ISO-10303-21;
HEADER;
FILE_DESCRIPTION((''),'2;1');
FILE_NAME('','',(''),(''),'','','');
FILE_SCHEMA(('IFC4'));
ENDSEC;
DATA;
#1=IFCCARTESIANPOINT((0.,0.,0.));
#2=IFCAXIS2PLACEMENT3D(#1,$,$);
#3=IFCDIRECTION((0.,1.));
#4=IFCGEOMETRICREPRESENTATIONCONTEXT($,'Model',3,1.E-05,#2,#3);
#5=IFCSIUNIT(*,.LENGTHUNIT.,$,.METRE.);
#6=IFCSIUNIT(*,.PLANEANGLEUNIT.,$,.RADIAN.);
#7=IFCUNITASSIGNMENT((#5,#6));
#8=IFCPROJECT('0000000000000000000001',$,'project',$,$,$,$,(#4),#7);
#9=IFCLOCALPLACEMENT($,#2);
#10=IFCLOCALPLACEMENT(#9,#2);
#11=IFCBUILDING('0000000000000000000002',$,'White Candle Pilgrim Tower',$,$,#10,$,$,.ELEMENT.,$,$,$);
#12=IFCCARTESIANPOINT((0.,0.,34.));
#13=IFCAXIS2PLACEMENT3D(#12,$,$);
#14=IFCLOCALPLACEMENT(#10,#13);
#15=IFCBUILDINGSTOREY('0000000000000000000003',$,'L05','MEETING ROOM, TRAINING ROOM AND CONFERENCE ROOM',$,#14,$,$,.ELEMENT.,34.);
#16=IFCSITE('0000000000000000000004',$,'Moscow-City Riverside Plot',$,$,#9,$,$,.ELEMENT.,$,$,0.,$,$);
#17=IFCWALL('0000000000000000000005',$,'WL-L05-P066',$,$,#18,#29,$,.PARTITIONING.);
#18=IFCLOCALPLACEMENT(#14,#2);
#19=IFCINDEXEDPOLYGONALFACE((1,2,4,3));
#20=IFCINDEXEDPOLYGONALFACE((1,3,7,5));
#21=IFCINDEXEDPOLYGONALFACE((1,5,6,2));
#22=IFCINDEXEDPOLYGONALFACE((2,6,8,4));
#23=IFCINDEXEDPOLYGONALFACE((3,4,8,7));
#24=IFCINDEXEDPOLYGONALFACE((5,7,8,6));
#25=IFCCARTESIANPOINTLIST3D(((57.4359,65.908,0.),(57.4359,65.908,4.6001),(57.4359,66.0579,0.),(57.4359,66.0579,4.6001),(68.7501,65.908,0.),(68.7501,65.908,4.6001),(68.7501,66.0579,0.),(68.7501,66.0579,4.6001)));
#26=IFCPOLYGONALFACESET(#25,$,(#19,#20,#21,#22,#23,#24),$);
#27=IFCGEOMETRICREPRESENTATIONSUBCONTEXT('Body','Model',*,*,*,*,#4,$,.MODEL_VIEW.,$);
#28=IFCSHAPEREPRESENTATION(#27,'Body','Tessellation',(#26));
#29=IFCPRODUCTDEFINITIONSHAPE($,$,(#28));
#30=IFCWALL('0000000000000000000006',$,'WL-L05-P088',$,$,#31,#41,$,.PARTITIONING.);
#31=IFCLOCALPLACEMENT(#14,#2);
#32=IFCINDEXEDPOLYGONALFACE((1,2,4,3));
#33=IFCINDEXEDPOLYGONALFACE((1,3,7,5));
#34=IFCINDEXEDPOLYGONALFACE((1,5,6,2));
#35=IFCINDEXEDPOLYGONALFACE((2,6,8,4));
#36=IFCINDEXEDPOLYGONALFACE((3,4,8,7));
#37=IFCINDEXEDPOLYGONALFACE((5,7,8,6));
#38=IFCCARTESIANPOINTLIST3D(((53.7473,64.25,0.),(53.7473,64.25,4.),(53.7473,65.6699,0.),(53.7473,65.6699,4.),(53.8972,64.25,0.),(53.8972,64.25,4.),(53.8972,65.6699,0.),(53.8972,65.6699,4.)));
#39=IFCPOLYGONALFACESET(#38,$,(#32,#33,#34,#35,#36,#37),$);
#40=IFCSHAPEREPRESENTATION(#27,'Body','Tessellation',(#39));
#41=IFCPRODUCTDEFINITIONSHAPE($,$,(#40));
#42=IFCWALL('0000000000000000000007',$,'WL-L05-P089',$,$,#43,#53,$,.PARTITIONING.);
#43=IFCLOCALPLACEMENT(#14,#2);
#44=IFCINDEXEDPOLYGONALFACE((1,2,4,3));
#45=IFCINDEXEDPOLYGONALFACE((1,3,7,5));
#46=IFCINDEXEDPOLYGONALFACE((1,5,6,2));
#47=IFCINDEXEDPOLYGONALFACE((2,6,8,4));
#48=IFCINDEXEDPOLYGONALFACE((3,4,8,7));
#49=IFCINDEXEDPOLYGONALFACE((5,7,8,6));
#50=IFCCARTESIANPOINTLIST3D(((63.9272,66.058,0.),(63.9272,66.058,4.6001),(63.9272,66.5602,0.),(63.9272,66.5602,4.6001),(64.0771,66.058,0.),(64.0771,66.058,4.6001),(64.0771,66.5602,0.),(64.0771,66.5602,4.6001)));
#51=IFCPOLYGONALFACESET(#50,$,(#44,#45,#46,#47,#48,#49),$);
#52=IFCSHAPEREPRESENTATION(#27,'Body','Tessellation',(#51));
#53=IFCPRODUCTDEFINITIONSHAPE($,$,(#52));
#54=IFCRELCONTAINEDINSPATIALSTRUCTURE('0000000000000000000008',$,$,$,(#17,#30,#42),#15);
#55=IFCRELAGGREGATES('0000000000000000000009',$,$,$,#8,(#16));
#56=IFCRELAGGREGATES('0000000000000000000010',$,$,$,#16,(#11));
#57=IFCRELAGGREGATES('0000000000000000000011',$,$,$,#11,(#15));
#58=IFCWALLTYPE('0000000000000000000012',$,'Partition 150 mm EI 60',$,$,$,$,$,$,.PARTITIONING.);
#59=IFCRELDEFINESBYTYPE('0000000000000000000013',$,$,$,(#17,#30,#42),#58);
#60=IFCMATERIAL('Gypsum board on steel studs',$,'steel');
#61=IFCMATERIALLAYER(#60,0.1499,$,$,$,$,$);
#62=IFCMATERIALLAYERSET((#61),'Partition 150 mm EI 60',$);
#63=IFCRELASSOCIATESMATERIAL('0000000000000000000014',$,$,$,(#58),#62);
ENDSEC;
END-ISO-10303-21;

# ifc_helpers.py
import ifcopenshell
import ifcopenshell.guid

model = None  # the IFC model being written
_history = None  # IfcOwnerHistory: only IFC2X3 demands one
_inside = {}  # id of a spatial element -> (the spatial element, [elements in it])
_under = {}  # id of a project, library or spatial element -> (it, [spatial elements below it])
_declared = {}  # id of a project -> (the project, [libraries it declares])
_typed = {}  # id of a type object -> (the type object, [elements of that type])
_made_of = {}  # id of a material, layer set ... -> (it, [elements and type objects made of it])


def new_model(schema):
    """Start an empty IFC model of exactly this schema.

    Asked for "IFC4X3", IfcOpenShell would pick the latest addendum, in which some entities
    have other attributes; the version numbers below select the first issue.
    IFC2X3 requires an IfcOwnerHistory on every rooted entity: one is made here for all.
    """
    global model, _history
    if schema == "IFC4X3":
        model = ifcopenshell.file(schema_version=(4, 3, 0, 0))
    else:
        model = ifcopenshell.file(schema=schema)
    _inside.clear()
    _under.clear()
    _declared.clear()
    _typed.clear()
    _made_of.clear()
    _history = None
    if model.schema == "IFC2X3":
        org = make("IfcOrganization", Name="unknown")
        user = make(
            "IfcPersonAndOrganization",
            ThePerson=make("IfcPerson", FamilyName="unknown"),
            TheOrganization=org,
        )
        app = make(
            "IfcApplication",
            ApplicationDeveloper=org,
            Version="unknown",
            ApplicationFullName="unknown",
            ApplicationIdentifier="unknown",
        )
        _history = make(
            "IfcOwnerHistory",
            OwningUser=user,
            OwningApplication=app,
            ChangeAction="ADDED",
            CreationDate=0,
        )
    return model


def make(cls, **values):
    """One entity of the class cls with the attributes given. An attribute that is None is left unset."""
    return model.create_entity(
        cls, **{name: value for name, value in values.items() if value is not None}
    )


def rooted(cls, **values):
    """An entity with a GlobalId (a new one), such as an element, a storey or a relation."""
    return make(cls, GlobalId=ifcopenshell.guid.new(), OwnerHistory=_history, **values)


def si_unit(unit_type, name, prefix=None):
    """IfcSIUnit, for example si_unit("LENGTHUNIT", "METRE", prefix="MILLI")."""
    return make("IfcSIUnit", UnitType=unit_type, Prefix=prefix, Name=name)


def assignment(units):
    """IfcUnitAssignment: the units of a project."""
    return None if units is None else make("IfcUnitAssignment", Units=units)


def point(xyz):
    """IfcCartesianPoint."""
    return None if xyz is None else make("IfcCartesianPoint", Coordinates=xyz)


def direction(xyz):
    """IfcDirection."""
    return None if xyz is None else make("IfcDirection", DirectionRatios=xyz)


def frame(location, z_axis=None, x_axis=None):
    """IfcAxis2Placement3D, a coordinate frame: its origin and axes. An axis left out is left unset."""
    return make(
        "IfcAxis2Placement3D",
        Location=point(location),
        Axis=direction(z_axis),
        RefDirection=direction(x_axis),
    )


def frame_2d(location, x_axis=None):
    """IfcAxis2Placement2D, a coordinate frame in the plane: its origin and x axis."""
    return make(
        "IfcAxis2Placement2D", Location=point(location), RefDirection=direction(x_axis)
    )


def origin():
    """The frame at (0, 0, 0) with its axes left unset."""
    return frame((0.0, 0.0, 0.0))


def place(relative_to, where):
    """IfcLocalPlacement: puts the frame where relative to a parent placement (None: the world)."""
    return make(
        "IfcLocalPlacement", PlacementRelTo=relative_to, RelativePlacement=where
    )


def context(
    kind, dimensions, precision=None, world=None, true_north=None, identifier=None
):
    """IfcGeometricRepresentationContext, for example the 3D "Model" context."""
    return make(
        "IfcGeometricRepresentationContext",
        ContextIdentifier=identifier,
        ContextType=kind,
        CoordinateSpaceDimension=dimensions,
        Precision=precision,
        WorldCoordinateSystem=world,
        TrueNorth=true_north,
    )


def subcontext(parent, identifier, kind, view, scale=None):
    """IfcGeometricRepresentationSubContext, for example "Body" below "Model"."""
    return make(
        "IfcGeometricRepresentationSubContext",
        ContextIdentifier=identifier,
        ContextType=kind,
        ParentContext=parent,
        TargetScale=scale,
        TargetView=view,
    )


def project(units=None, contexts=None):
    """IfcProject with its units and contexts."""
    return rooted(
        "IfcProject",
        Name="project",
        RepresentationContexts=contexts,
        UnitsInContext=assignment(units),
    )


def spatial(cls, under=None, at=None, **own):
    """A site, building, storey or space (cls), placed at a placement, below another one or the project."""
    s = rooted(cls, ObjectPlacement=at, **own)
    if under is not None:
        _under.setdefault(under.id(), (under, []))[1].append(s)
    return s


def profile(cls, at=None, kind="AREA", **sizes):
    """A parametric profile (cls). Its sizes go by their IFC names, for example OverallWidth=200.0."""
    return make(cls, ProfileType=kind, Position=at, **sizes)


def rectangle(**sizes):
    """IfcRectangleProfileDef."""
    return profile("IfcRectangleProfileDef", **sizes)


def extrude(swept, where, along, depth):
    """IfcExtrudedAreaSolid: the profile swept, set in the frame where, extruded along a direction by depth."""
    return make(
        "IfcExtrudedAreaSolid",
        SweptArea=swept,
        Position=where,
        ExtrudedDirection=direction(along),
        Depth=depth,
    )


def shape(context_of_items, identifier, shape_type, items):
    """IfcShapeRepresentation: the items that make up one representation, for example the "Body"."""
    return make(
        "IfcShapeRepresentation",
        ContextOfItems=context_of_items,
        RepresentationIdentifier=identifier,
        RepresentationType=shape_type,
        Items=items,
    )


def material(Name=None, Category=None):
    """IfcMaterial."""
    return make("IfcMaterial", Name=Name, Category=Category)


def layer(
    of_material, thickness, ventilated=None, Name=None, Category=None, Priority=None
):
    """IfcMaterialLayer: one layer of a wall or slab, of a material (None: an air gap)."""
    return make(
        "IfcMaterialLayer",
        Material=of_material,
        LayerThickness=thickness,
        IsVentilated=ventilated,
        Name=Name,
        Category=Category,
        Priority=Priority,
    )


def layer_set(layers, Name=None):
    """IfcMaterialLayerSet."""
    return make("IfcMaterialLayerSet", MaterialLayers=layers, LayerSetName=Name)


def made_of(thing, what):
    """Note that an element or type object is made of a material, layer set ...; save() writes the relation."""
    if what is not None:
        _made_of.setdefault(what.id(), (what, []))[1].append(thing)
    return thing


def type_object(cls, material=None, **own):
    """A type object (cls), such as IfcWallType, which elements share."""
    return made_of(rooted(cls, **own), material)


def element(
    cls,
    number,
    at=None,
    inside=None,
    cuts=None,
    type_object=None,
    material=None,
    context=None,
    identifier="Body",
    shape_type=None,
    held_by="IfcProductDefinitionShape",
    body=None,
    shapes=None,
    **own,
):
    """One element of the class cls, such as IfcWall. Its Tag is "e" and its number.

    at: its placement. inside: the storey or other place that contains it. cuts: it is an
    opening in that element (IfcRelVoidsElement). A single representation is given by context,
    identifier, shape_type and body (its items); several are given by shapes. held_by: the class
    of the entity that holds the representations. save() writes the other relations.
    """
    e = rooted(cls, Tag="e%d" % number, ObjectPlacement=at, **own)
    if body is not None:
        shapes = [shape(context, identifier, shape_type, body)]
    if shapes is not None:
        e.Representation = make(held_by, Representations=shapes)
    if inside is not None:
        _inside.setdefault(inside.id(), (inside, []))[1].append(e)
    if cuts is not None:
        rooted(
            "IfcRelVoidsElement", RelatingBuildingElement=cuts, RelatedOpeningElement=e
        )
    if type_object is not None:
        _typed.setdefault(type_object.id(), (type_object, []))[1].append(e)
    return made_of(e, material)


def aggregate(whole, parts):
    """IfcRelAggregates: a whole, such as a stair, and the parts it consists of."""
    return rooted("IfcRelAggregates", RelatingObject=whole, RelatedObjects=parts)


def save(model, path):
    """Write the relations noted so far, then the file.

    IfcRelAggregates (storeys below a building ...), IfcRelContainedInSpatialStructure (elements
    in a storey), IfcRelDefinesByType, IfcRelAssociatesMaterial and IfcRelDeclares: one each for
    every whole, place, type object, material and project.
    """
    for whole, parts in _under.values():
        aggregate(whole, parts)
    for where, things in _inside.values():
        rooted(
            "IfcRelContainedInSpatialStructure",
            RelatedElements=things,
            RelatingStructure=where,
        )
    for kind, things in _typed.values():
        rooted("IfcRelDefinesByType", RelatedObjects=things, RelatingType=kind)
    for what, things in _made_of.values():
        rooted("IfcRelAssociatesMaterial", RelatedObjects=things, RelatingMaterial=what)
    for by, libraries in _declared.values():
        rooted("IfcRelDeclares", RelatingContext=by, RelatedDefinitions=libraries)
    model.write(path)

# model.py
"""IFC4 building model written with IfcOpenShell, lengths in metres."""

from ifc_helpers import new_model, si_unit, direction, frame, frame_2d, origin, place, context, subcontext, project, spatial, rectangle, extrude, material, layer, layer_set, type_object, element, save


model = new_model("IFC4")

# Units and contexts
model_context = context("Model", 3, precision=1e-05, world=origin(), true_north=direction((0.0, 1.0)))
body_context = subcontext(model_context, "Body", "Model", "MODEL_VIEW")
ifc_project = project(units=[si_unit("LENGTHUNIT", "METRE"), si_unit("PLANEANGLEUNIT", "RADIAN")], contexts=[model_context])

# Site, building, storey
site_placement = place(None, origin())
site = spatial("IfcSite", under=ifc_project, at=site_placement, Name="Moscow-City Riverside Plot", CompositionType="ELEMENT", RefElevation=0.0)
building_placement = place(site_placement, origin())
building = spatial("IfcBuilding", under=site, at=building_placement, Name="White Candle Pilgrim Tower", CompositionType="ELEMENT")
storey_placement = place(building_placement, frame((0.0, 0.0, 34.0)))
storey = spatial("IfcBuildingStorey", under=building, at=storey_placement, Name="L05", Description="MEETING ROOM, TRAINING ROOM AND CONFERENCE ROOM", CompositionType="ELEMENT", Elevation=34.0)

# Walls
ifc_material_1 = material(Name="Gypsum board on steel studs", Category="steel")
ifc_layer_1 = layer(ifc_material_1, 0.1499)
ifc_layer_set_1 = layer_set([ifc_layer_1], Name="Partition 150 mm EI 60")
wall_type_1 = type_object("IfcWallType", Name="Partition 150 mm EI 60", PredefinedType="PARTITIONING", material=ifc_layer_set_1)
wall_1_placement = place(storey_placement, frame((57.4358, 65.9829, 0.0), z_axis=(0.0, 0.0, 1.0), x_axis=(1.0, 0.0, 0.0)))
element("IfcWall", 1, at=wall_1_placement, inside=storey, type_object=wall_type_1, Name="WL-L05-P066", PredefinedType="PARTITIONING", context=body_context, shape_type="SweptSolid", body=[
    extrude(rectangle(XDim=11.3142, YDim=0.1499, at=frame_2d((5.6572, 0.0))), origin(), (0.0, 0.0, 1.0), 4.6001),
])
wall_2_placement = place(storey_placement, frame((53.8223, 65.6699, 0.0), z_axis=(0.0, 0.0, 1.0), x_axis=(0.0, -1.0, 0.0)))
element("IfcWall", 2, at=wall_2_placement, inside=storey, type_object=wall_type_1, Name="WL-L05-P088", PredefinedType="PARTITIONING", context=body_context, shape_type="SweptSolid", body=[
    extrude(rectangle(XDim=1.4199, YDim=0.1499, at=frame_2d((0.71, 0.0))), origin(), (0.0, 0.0, 1.0), 4.0),
])
wall_3_placement = place(storey_placement, frame((64.0022, 66.5601, 0.0), z_axis=(0.0, 0.0, 1.0), x_axis=(0.0, -1.0, 0.0)))
element("IfcWall", 3, at=wall_3_placement, inside=storey, type_object=wall_type_1, Name="WL-L05-P089", PredefinedType="PARTITIONING", context=body_context, shape_type="SweptSolid", body=[
    extrude(rectangle(XDim=0.5022, YDim=0.1499, at=frame_2d((0.251, 0.0))), origin(), (0.0, 0.0, 1.0), 4.6001),
])

save(model, "model.ifc")
